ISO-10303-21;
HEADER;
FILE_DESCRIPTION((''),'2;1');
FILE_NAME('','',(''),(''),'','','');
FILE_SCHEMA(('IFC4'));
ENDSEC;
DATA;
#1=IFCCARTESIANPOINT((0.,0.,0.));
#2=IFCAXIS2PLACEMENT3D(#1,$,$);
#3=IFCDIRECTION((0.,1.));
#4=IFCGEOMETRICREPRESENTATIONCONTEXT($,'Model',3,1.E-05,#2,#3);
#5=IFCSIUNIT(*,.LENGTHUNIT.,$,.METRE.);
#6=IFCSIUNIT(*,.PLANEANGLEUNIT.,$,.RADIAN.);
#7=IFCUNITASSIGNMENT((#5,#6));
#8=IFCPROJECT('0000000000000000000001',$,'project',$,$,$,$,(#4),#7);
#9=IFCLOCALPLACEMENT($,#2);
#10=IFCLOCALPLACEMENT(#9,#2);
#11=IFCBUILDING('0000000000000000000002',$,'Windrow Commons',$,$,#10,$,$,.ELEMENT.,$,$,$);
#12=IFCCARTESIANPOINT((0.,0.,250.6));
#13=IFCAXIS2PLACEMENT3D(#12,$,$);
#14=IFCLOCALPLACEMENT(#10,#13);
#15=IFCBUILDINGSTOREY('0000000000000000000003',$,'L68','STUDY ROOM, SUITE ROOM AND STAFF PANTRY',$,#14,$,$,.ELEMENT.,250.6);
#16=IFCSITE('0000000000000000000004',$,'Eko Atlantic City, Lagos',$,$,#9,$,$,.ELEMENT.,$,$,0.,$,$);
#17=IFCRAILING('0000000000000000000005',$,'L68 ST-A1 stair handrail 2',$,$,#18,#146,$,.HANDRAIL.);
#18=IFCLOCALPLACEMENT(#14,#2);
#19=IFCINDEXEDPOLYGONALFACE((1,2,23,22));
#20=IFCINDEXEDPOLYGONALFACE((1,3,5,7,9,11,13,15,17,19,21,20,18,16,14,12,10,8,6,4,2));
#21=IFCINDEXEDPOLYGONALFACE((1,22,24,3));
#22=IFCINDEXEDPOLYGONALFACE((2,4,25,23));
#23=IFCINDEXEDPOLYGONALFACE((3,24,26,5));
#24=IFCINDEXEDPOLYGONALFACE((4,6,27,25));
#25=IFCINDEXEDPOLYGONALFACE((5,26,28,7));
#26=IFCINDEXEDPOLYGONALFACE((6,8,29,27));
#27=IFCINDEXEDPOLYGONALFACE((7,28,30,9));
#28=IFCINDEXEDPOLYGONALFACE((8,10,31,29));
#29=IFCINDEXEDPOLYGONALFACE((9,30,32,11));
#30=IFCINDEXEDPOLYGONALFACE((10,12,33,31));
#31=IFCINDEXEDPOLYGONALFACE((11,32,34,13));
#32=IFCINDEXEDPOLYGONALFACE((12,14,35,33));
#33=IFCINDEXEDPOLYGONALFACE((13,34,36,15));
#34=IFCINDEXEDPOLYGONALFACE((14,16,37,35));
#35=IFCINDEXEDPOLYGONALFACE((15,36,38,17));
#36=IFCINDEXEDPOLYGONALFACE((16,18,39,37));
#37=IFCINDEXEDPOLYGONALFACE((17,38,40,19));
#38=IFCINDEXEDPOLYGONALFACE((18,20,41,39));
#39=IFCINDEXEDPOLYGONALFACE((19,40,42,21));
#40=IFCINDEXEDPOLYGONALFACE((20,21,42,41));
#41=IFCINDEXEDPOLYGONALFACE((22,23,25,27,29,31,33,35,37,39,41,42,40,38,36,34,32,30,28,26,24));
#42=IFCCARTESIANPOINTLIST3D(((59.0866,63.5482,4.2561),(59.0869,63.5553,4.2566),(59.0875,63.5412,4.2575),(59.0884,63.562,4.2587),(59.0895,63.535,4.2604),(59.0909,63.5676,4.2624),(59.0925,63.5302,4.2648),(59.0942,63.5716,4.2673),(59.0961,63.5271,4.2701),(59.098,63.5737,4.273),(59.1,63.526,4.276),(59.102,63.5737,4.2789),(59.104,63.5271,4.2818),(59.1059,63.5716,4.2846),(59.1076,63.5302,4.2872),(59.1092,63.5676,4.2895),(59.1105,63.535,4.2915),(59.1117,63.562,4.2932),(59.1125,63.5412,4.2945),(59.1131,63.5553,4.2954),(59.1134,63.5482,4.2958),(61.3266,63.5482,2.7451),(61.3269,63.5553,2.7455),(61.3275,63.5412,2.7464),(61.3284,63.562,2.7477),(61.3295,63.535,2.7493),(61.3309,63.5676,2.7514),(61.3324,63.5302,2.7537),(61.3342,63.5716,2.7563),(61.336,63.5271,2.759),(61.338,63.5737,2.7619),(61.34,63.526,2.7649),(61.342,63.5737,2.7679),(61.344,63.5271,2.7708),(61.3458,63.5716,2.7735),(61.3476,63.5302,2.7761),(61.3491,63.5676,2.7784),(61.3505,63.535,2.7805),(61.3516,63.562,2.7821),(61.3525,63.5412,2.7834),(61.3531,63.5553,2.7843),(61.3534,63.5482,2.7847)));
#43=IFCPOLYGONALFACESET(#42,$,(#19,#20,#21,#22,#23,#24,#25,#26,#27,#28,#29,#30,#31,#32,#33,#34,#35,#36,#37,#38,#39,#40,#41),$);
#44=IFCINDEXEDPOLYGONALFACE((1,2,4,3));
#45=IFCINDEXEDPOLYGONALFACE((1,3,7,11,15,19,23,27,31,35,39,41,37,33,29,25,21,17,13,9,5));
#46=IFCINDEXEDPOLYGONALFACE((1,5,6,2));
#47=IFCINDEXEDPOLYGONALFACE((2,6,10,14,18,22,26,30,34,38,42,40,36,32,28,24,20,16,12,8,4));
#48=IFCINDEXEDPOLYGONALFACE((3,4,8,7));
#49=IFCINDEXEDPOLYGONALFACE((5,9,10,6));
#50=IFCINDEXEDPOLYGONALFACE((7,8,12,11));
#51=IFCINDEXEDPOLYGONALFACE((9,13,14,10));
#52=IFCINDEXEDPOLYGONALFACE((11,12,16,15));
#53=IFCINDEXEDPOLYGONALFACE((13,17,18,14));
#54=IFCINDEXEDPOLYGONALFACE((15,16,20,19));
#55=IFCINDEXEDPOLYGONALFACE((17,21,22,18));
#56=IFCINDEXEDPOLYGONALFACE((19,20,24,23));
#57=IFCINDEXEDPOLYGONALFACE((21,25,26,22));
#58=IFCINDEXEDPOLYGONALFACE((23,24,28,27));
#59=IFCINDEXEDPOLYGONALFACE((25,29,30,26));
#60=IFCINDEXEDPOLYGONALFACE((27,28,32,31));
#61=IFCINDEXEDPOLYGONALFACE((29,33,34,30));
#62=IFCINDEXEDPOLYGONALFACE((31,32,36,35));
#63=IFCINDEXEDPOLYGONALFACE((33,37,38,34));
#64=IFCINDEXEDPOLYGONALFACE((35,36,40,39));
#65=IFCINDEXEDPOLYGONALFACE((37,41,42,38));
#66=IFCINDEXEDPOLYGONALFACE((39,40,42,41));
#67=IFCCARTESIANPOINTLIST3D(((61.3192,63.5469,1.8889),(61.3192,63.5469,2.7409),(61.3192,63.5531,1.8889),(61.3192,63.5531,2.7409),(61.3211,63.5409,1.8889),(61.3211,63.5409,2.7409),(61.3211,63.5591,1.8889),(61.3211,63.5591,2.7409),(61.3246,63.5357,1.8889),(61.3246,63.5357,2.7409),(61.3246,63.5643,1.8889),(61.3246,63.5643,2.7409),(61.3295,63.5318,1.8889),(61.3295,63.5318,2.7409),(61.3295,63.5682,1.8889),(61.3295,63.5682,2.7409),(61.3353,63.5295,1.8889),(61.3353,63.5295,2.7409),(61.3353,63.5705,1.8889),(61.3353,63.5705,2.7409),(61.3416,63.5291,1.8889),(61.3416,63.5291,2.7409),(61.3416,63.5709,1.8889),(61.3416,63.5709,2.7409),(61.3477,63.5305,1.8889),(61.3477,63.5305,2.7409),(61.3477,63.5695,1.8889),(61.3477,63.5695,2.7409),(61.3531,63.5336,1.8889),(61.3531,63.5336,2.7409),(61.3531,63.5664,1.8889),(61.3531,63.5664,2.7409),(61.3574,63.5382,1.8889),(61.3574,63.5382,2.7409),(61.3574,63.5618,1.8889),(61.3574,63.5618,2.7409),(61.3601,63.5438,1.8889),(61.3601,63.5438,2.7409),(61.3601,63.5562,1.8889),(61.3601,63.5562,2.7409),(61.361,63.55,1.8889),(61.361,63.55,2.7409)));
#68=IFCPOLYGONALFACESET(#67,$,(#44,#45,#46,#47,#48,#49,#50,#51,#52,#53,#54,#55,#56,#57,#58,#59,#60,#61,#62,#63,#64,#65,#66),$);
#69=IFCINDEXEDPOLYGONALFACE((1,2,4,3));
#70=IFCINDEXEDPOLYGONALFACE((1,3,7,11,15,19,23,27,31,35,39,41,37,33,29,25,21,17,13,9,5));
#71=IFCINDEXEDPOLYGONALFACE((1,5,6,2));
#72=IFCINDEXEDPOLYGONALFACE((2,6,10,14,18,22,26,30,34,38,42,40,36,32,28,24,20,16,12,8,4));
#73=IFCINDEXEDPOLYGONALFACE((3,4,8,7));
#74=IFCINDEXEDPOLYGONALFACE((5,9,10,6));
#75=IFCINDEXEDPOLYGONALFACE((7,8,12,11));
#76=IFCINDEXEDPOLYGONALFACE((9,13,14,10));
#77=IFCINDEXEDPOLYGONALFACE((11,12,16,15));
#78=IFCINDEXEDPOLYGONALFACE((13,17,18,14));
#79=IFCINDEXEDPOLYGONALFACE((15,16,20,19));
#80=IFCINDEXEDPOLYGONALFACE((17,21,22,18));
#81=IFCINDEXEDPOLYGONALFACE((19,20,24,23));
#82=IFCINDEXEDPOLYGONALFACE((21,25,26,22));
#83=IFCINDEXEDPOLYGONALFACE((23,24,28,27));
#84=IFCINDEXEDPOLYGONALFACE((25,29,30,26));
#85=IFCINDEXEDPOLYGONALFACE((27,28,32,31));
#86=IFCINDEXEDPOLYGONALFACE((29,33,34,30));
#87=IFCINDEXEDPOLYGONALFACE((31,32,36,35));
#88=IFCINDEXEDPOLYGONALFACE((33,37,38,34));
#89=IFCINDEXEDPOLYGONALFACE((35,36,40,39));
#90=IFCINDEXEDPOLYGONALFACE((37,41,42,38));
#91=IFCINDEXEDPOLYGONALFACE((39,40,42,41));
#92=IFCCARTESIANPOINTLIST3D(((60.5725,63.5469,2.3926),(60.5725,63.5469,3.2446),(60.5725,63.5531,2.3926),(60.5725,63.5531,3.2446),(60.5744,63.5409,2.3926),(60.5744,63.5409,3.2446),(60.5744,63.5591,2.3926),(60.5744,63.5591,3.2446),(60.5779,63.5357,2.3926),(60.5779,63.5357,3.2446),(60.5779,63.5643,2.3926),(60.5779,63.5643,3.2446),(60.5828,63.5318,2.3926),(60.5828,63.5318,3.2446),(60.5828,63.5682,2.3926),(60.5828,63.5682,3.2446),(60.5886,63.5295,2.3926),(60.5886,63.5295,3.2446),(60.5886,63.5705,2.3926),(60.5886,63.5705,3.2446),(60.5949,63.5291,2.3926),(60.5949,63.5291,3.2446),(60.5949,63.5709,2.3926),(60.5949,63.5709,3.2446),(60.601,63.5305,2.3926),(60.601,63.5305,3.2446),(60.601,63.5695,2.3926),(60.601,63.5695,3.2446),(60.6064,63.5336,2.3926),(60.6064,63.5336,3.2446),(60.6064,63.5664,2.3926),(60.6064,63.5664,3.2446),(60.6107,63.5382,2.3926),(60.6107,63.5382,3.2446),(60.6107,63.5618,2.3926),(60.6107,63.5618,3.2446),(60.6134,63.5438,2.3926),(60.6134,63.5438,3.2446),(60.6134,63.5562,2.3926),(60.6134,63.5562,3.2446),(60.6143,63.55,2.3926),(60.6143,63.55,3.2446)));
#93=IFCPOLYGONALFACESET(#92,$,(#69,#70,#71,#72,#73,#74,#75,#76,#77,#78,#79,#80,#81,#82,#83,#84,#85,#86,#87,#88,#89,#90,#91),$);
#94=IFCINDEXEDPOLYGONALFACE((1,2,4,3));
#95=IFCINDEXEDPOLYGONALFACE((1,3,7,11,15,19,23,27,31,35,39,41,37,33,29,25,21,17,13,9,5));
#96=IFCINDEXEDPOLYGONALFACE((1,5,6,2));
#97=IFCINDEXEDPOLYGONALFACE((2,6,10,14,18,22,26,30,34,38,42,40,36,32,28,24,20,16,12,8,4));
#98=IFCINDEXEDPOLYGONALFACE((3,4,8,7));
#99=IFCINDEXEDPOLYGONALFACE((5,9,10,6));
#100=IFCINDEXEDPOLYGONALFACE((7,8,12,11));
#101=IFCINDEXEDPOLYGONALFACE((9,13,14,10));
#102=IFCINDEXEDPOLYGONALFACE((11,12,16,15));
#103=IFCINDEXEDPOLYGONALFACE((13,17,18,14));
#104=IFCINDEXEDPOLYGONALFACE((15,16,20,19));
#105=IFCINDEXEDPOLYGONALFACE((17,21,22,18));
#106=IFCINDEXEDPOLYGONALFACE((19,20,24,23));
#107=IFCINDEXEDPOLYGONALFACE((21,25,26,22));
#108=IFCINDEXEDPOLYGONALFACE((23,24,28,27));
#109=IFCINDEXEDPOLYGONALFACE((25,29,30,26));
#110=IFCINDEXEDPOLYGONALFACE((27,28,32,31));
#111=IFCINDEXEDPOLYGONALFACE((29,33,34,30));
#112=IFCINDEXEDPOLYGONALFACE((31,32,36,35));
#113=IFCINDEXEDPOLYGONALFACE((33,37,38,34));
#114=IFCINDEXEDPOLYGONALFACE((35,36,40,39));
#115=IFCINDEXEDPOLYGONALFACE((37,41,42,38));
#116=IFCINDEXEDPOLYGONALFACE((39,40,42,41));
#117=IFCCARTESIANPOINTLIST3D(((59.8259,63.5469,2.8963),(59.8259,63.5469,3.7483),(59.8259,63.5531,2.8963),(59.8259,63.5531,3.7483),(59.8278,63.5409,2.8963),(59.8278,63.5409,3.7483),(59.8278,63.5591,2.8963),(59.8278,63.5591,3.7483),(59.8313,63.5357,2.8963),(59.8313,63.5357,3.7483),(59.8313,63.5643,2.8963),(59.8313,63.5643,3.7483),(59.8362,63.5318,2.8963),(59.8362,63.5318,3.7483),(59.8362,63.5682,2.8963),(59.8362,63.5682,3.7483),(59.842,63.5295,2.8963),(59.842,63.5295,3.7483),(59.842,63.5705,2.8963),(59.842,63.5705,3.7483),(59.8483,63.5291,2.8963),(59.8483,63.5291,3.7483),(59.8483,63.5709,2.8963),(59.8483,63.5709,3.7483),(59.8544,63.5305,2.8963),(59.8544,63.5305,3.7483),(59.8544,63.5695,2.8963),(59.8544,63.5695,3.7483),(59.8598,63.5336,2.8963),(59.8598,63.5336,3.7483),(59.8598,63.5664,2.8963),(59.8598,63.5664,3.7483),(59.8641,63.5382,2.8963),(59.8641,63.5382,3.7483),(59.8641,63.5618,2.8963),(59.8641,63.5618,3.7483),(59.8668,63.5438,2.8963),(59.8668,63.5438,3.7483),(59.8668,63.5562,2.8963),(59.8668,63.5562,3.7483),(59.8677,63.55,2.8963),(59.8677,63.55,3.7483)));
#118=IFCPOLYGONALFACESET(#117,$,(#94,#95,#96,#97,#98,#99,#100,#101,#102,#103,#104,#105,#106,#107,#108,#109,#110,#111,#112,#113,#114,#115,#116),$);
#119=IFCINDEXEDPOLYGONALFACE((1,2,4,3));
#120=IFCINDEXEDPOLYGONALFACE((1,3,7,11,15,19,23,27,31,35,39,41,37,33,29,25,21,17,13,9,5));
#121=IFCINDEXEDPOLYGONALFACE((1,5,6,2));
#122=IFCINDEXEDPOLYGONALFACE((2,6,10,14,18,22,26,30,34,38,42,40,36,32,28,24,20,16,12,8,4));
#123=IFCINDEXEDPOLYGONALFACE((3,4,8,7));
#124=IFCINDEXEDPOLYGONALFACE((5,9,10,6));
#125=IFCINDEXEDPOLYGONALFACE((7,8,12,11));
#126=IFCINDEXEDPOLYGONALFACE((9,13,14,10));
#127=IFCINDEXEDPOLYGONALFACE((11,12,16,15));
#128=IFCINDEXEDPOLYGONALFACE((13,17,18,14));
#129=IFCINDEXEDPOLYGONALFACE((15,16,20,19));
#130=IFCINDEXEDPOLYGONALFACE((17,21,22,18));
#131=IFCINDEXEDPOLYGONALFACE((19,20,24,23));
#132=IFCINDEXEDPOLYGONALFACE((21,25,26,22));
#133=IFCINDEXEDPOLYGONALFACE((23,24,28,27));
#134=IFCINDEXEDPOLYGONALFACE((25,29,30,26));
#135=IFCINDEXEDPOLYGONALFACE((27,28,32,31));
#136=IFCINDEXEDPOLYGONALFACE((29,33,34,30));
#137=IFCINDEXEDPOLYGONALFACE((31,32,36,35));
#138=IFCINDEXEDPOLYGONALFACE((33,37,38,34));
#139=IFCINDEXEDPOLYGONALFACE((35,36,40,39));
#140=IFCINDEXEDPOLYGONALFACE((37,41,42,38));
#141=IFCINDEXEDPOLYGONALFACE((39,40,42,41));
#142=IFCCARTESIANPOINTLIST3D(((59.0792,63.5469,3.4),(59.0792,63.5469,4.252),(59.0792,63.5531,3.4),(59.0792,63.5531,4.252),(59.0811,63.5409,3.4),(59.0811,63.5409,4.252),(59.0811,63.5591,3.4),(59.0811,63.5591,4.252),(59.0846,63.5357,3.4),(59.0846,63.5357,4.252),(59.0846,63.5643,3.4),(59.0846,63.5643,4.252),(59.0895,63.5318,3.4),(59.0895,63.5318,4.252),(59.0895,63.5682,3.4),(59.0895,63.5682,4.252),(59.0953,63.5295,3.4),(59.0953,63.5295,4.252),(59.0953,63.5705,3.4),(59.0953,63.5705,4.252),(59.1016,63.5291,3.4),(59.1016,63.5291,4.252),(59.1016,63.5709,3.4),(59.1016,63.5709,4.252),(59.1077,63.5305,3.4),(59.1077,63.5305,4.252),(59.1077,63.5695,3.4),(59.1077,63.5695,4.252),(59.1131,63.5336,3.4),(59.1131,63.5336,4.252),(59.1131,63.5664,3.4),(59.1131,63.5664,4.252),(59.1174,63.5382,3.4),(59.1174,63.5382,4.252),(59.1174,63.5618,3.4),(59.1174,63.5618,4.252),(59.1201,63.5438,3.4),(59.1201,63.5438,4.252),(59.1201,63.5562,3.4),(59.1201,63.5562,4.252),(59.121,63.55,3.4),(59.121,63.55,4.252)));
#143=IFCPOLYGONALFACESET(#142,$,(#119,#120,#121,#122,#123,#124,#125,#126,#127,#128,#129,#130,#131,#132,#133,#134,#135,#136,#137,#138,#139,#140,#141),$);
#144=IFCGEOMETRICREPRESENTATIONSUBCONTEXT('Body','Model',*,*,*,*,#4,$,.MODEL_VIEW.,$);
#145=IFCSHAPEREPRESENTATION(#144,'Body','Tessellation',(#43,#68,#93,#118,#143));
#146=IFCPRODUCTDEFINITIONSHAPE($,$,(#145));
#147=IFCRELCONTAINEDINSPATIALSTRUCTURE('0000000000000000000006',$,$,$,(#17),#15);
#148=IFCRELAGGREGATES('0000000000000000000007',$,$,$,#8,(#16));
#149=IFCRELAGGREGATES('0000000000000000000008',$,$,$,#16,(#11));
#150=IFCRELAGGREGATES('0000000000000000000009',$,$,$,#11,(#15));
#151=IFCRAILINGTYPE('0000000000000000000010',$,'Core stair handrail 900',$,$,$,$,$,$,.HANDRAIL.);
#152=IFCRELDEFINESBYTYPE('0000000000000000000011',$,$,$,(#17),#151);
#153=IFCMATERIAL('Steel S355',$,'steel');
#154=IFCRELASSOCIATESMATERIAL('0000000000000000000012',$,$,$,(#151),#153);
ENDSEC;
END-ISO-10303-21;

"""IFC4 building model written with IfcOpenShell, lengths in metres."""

from ifc_helpers import new_model, si_unit, direction, frame, origin, origin_2d, place, context, subcontext, project, spatial, circle, extrude, material, type_object, element, save


model = new_model("IFC4")

# Units and contexts
model_context = context("Model", 3, precision=1e-05, world=origin(), true_north=direction((0.0, 1.0)))
body_context = subcontext(model_context, "Body", "Model", "MODEL_VIEW")
ifc_project = project(units=[si_unit("LENGTHUNIT", "METRE"), si_unit("PLANEANGLEUNIT", "RADIAN")], contexts=[model_context])

# Site, building, storey
site_placement = place(None, origin())
site = spatial("IfcSite", under=ifc_project, at=site_placement, Name="Eko Atlantic City, Lagos", CompositionType="ELEMENT", RefElevation=0.0)
building_placement = place(site_placement, origin())
building = spatial("IfcBuilding", under=site, at=building_placement, Name="Windrow Commons", CompositionType="ELEMENT")
storey_placement = place(building_placement, frame((0.0, 0.0, 250.6)))
storey = spatial("IfcBuildingStorey", under=building, at=storey_placement, Name="L68", Description="STUDY ROOM, SUITE ROOM AND STAFF PANTRY", CompositionType="ELEMENT", Elevation=250.6)

# Railing
ifc_material_1 = material(Name="Steel S355", Category="steel")
railing_type_1 = type_object("IfcRailingType", Name="Core stair handrail 900", PredefinedType="HANDRAIL", material=ifc_material_1)
railing_placement = place(storey_placement, frame((61.34, 63.55, 1.8889)))
element("IfcRailing", 1, at=railing_placement, inside=storey, type_object=railing_type_1, Name="L68 ST-A1 stair handrail 2", PredefinedType="HANDRAIL", context=body_context, shape_type="SweptSolid", body=[
    extrude(circle(Radius=0.024, at=origin_2d()), frame((0.0, 0.0, 0.876), z_axis=(-0.829003, 0.0, 0.559244), x_axis=(0.0, -1.0, 0.0)), (0.0, 0.0, 1.0), 2.702),
    extrude(circle(Radius=0.021, at=origin_2d()), origin(), (0.0, 0.0, 1.0), 0.852),
    extrude(circle(Radius=0.021, at=origin_2d()), frame((-0.7467, 0.0, 0.5037)), (0.0, 0.0, 1.0), 0.852),
    extrude(circle(Radius=0.021, at=origin_2d()), frame((-1.4933, 0.0, 1.0074)), (0.0, 0.0, 1.0), 0.852),
    extrude(circle(Radius=0.021, at=origin_2d()), frame((-2.24, 0.0, 1.5111)), (0.0, 0.0, 1.0), 0.852),
])

save(model, "model.ifc")
